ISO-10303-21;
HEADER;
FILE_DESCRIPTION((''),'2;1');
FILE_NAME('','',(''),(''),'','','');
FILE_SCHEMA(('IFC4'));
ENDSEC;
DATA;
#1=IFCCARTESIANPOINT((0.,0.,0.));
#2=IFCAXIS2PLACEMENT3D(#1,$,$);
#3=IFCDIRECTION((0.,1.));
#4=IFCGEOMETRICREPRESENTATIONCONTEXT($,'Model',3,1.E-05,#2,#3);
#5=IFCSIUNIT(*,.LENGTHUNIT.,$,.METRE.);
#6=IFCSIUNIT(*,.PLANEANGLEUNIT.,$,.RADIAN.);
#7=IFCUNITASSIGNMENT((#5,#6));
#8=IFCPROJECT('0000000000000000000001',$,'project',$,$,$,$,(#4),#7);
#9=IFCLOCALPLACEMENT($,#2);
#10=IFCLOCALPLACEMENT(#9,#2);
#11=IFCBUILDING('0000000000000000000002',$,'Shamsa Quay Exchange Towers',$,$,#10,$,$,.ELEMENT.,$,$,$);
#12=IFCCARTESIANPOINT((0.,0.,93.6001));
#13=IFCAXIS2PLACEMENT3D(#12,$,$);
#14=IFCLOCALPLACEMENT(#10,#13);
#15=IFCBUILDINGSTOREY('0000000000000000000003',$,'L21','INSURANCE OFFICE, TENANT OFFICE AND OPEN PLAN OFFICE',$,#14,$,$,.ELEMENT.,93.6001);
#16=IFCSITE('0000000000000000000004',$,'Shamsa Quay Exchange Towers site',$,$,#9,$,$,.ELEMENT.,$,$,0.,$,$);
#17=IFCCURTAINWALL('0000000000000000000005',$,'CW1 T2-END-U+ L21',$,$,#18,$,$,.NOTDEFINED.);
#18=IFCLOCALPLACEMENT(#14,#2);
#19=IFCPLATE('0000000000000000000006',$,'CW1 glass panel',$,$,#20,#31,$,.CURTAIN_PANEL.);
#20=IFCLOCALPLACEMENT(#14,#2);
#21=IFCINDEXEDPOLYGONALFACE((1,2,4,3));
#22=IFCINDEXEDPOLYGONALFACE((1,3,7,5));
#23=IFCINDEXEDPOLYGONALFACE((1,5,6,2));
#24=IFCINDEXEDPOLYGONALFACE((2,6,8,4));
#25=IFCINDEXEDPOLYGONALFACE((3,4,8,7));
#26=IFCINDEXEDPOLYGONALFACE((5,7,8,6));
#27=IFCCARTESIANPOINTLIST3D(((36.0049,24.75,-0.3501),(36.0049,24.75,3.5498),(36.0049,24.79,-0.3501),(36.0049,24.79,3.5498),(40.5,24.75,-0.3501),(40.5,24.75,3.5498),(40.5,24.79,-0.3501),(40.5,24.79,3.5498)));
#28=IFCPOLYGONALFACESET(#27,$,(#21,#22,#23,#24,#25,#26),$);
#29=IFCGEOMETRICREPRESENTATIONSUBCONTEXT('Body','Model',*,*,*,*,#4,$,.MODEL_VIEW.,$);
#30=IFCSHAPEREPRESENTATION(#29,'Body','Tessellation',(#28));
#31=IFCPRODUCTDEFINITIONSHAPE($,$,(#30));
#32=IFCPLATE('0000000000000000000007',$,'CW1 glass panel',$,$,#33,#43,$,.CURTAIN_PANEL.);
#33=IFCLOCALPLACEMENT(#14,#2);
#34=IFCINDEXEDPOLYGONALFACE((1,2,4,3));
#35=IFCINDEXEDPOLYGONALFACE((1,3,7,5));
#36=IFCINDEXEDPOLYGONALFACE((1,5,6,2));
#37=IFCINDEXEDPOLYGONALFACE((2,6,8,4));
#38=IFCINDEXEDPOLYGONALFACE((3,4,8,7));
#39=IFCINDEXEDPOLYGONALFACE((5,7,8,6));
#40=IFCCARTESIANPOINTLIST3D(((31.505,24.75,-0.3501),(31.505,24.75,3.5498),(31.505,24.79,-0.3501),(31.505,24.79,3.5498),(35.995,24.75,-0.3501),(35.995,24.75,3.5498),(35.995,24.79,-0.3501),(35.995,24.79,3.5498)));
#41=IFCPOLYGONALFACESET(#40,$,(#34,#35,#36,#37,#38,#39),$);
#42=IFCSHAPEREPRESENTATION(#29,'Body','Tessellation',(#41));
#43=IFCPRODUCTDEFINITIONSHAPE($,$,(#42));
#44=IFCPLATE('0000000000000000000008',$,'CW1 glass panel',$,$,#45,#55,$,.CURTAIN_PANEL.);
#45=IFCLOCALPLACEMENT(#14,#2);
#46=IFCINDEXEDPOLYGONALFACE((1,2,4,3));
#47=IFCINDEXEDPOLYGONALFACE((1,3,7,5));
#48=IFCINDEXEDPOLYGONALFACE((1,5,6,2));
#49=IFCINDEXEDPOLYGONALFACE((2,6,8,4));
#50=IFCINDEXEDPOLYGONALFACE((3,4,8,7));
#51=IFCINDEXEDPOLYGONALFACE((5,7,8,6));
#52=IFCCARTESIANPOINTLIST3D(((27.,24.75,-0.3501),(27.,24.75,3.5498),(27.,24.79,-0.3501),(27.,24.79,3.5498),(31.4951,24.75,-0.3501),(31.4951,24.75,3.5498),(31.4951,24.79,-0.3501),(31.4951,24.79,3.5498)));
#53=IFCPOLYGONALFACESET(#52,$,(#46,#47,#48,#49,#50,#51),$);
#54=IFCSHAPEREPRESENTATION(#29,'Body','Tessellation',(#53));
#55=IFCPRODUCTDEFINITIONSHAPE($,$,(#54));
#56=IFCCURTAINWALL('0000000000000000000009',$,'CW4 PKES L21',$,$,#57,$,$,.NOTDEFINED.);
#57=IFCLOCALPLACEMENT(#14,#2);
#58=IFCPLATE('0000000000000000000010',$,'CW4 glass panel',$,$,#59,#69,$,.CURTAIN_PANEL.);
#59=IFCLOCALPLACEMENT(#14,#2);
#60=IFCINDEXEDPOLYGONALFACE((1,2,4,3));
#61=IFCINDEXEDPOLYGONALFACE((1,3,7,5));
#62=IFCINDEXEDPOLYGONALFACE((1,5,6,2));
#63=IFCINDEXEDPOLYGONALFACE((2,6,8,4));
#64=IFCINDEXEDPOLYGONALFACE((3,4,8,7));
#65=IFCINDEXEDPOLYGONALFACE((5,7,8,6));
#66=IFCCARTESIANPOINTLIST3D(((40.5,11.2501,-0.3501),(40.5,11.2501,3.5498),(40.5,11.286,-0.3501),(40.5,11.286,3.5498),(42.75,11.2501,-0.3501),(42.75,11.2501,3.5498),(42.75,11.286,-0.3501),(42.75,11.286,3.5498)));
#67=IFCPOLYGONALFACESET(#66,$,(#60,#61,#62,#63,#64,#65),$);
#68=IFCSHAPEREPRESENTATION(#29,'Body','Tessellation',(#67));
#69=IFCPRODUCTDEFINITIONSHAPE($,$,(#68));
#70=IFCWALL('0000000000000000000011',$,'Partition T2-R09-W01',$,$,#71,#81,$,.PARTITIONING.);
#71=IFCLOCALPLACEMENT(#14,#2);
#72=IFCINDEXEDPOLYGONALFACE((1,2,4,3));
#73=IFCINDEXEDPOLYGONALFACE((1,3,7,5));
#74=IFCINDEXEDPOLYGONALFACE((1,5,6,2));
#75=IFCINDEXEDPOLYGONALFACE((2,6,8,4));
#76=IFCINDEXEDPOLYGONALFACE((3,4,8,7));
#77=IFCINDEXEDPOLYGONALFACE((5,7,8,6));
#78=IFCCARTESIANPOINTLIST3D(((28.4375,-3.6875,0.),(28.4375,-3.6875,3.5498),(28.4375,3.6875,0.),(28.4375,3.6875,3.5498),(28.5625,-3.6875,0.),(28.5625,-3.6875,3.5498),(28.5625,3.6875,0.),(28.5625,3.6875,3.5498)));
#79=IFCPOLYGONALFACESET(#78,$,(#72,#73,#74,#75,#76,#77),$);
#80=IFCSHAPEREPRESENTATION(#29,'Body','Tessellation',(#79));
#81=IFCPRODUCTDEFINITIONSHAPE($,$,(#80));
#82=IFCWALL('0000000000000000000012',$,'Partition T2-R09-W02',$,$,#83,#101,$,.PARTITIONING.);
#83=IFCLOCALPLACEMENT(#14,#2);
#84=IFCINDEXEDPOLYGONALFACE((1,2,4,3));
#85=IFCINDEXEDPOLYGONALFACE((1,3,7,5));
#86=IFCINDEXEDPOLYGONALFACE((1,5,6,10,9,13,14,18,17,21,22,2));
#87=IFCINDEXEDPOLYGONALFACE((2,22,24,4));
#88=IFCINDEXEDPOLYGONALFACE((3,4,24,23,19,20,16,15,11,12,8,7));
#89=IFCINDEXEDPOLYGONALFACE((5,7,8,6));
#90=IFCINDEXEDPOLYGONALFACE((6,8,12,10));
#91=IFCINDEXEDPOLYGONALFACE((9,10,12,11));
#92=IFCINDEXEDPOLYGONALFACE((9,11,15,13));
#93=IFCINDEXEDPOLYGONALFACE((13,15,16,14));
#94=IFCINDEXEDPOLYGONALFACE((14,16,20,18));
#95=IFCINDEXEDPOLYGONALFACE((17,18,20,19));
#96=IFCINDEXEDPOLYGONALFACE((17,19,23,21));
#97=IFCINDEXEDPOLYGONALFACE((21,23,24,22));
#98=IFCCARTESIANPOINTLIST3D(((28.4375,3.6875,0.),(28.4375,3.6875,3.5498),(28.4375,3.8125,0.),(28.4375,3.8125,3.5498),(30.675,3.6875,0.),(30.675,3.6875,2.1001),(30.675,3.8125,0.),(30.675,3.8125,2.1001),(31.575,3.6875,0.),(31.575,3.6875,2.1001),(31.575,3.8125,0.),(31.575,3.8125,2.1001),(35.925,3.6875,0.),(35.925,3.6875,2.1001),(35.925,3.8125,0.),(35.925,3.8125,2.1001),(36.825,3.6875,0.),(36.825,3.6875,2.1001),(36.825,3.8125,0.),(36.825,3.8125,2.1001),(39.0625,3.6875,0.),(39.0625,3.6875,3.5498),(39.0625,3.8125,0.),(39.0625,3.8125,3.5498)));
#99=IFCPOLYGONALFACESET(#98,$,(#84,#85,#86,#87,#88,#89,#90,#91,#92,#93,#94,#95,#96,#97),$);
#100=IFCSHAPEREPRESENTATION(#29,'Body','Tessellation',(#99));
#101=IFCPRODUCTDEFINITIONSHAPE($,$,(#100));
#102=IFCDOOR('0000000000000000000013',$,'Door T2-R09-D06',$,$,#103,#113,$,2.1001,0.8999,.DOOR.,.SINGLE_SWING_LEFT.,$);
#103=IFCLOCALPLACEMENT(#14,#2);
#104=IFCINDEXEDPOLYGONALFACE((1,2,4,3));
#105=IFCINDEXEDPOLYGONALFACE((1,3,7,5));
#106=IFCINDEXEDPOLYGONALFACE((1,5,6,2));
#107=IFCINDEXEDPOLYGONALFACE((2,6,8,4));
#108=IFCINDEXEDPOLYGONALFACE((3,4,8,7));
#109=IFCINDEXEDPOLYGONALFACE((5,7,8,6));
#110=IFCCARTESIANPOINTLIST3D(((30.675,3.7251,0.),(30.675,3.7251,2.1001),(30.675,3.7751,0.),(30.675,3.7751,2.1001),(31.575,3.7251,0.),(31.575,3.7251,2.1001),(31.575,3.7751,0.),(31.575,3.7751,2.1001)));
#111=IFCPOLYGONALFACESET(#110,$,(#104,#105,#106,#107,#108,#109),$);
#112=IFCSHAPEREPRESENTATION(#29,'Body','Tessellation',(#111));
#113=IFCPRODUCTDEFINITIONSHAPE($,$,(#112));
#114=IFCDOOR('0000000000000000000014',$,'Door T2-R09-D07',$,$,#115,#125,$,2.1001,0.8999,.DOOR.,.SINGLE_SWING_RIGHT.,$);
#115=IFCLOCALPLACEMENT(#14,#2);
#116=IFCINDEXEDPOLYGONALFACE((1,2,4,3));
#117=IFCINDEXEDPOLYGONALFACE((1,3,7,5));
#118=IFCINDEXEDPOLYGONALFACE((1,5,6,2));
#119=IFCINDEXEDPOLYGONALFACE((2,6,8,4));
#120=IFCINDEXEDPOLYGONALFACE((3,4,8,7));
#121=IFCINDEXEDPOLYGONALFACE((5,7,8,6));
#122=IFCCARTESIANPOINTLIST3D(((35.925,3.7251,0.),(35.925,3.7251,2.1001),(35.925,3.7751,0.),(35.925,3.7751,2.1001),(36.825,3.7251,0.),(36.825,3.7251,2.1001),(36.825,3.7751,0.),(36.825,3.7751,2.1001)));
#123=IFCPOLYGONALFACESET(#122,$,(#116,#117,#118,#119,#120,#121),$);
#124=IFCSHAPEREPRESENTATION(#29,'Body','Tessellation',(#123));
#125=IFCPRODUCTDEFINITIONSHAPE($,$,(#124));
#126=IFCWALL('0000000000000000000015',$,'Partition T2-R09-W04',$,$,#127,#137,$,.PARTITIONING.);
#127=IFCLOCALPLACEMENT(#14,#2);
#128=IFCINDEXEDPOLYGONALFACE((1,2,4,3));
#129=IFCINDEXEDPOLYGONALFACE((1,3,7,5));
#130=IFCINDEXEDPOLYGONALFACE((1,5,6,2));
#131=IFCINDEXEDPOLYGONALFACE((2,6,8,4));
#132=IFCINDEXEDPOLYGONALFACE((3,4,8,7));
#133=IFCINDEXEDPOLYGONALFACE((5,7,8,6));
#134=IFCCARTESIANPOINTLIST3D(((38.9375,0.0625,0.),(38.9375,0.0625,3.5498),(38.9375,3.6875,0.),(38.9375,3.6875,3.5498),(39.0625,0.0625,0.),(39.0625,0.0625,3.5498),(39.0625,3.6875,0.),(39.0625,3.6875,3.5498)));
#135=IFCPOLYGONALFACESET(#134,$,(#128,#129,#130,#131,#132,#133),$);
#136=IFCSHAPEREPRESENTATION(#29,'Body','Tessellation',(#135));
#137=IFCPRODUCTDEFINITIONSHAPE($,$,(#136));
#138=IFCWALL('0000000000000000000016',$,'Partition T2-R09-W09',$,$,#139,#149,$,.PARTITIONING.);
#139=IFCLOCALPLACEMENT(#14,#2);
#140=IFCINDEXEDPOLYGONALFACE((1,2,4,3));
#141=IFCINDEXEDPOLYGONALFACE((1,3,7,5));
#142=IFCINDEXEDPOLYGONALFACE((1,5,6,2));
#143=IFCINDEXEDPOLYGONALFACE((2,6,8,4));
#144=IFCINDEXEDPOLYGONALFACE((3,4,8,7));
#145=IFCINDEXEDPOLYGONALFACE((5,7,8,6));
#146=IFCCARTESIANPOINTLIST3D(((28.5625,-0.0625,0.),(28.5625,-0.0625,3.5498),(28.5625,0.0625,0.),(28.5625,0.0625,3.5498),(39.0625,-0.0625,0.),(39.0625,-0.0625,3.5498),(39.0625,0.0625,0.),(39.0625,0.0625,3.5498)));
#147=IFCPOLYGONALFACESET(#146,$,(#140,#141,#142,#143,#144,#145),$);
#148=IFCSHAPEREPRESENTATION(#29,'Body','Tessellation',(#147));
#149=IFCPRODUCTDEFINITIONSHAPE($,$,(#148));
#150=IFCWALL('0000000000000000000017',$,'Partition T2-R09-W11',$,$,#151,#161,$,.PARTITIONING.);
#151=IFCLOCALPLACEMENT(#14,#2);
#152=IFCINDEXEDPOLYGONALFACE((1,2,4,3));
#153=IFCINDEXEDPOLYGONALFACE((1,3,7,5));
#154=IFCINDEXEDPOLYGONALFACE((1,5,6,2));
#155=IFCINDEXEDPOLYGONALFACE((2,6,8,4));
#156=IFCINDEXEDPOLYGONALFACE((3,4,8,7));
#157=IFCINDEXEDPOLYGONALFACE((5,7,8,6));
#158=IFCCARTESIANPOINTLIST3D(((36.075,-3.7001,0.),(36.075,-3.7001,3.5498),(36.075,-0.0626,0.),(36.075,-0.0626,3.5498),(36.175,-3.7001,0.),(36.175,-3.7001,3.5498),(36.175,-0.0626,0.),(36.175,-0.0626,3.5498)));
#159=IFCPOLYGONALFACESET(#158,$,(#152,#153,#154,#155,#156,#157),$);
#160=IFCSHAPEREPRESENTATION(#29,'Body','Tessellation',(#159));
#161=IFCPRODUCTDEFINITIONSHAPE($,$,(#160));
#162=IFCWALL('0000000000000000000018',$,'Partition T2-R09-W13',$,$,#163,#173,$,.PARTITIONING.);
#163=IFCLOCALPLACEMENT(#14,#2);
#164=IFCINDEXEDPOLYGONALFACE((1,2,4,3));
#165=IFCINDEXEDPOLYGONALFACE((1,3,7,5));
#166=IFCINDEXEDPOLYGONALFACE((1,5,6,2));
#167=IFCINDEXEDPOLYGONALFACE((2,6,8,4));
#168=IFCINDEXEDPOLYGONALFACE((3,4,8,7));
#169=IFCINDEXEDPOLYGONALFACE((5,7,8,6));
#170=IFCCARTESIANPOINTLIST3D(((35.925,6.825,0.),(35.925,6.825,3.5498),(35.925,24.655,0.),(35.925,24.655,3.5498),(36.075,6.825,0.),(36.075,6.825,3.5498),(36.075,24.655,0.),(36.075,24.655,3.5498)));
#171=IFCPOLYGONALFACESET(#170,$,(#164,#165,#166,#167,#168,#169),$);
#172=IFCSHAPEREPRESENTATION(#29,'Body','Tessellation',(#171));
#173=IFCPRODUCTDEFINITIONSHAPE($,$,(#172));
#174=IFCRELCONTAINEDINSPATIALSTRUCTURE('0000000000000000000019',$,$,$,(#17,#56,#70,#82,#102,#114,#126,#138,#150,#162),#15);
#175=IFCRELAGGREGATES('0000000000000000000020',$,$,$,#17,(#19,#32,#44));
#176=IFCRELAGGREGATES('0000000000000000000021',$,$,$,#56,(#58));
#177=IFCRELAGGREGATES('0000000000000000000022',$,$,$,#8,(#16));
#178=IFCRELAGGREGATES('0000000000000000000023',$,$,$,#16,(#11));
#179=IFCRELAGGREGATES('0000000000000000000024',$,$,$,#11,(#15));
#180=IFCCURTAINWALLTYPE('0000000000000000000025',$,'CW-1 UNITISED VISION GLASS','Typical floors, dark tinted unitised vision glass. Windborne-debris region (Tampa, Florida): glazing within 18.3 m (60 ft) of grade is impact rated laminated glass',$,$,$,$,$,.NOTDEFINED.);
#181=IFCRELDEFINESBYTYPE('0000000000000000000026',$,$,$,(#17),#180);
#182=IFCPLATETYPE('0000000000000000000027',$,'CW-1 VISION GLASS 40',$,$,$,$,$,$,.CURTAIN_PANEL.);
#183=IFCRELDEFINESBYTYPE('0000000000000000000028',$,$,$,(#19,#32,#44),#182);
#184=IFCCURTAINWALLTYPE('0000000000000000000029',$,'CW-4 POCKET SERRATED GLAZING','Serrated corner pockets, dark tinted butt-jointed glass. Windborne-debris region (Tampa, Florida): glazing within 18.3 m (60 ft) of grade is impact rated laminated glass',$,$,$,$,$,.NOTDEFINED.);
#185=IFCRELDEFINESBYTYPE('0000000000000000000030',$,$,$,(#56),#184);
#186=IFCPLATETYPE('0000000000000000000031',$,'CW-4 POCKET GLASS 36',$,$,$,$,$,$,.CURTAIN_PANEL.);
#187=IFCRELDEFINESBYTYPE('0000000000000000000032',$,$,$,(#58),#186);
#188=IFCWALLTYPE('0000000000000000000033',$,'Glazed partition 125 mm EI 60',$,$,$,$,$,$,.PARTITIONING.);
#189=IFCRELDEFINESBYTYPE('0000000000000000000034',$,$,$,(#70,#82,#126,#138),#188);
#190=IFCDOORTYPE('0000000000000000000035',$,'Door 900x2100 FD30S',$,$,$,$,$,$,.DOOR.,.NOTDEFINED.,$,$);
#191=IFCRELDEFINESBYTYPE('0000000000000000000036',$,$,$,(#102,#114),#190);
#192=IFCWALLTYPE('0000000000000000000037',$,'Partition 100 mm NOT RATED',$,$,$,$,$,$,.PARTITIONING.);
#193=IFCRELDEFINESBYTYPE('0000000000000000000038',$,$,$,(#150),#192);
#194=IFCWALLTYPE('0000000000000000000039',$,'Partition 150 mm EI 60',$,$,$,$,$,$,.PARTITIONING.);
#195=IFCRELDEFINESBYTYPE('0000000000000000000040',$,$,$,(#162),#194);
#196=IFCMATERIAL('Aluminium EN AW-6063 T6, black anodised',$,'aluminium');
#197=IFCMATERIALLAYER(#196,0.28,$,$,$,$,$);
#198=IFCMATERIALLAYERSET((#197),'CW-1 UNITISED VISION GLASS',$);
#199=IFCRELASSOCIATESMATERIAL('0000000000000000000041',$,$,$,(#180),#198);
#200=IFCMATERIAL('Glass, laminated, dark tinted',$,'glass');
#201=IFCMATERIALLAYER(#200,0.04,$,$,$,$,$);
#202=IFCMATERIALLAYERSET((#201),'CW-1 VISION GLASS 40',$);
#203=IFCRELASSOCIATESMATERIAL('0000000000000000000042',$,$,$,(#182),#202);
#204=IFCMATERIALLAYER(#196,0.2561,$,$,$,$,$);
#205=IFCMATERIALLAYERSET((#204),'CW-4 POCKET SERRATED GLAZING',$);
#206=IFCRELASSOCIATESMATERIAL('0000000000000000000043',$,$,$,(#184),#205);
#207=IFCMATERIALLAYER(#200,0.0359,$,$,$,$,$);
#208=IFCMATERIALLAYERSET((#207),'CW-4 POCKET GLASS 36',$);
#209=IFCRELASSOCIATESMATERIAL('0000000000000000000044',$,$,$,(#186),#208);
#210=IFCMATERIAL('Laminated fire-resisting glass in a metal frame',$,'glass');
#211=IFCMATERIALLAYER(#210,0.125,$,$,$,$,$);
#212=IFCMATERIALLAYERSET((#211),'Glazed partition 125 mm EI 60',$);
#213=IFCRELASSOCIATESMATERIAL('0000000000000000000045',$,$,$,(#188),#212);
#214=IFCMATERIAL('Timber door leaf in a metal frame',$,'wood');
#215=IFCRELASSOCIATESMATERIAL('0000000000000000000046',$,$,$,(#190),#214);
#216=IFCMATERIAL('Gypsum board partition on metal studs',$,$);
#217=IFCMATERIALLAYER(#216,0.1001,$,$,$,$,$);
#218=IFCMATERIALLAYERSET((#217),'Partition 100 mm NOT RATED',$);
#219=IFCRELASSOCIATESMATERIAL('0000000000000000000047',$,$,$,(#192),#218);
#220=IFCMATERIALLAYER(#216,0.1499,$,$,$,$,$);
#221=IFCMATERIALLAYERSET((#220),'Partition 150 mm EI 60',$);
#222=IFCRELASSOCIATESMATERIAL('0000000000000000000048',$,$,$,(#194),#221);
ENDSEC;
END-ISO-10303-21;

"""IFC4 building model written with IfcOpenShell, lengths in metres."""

from ifc_helpers import new_model, si_unit, direction, frame, frame_2d, origin, origin_2d, place, context, subcontext, project, spatial, rectangle, extrude, material, layer, layer_set, type_object, element, fill, aggregate, save


model = new_model("IFC4")

# Units and contexts
model_context = context("Model", 3, precision=1e-05, world=origin(), true_north=direction((0.0, 1.0)))
body_context = subcontext(model_context, "Body", "Model", "MODEL_VIEW")
ifc_project = project(units=[si_unit("LENGTHUNIT", "METRE"), si_unit("PLANEANGLEUNIT", "RADIAN")], contexts=[model_context])

# Site, building, storey
site_placement = place(None, origin())
site = spatial("IfcSite", under=ifc_project, at=site_placement, Name="Shamsa Quay Exchange Towers site", CompositionType="ELEMENT", RefElevation=0.0)
building_placement = place(site_placement, origin())
building = spatial("IfcBuilding", under=site, at=building_placement, Name="Shamsa Quay Exchange Towers", CompositionType="ELEMENT")
storey_placement = place(building_placement, frame((0.0, 0.0, 93.6001)))
storey = spatial("IfcBuildingStorey", under=building, at=storey_placement, Name="L21", Description="INSURANCE OFFICE, TENANT OFFICE AND OPEN PLAN OFFICE", CompositionType="ELEMENT", Elevation=93.6001)

# Shared definitions
ifc_material_1 = material(Name="Aluminium EN AW-6063 T6, black anodised", Category="aluminium")
ifc_layer_1 = layer(ifc_material_1, 0.28)
ifc_layer_set_1 = layer_set([ifc_layer_1], Name="CW-1 UNITISED VISION GLASS")
curtain_wall_type_1 = type_object("IfcCurtainWallType", Name="CW-1 UNITISED VISION GLASS", Description="Typical floors, dark tinted unitised vision glass. Windborne-debris region (Tampa, Florida): glazing within 18.3 m (60 ft) of grade is impact rated laminated glass", PredefinedType="NOTDEFINED", material=ifc_layer_set_1)

# Curtain wall
curtain_wall_1_placement = place(storey_placement, origin())
curtain_wall_1 = element("IfcCurtainWall", 1, at=curtain_wall_1_placement, inside=storey, type_object=curtain_wall_type_1, Name="CW1 T2-END-U+ L21", PredefinedType="NOTDEFINED")

# Plates
ifc_material_2 = material(Name="Glass, laminated, dark tinted", Category="glass")
ifc_layer_2 = layer(ifc_material_2, 0.04)
ifc_layer_set_2 = layer_set([ifc_layer_2], Name="CW-1 VISION GLASS 40")
plate_type_1 = type_object("IfcPlateType", Name="CW-1 VISION GLASS 40", PredefinedType="CURTAIN_PANEL", material=ifc_layer_set_2)
plate_1_placement = place(storey_placement, frame((38.2524, 24.77, -0.3501), z_axis=(0.0, 0.0, 1.0), x_axis=(-1.0, 0.0, 0.0)))
plate_1 = element("IfcPlate", 2, at=plate_1_placement, type_object=plate_type_1, Name="CW1 glass panel", PredefinedType="CURTAIN_PANEL", context=body_context, shape_type="SweptSolid", body=[
    extrude(rectangle(XDim=4.4951, YDim=0.04, at=origin_2d()), origin(), (0.0, 0.0, 1.0), 3.8999),
])
plate_2_placement = place(storey_placement, frame((33.75, 24.77, -0.3501), z_axis=(0.0, 0.0, 1.0), x_axis=(-1.0, 0.0, 0.0)))
plate_2 = element("IfcPlate", 3, at=plate_2_placement, type_object=plate_type_1, Name="CW1 glass panel", PredefinedType="CURTAIN_PANEL", context=body_context, shape_type="SweptSolid", body=[
    extrude(rectangle(XDim=4.49, YDim=0.04, at=origin_2d()), origin(), (0.0, 0.0, 1.0), 3.8999),
])
plate_3_placement = place(storey_placement, frame((29.2476, 24.77, -0.3501), z_axis=(0.0, 0.0, 1.0), x_axis=(-1.0, 0.0, 0.0)))
plate_3 = element("IfcPlate", 4, at=plate_3_placement, type_object=plate_type_1, Name="CW1 glass panel", PredefinedType="CURTAIN_PANEL", context=body_context, shape_type="SweptSolid", body=[
    extrude(rectangle(XDim=4.4951, YDim=0.04, at=origin_2d()), origin(), (0.0, 0.0, 1.0), 3.8999),
])
aggregate(curtain_wall_1, [plate_1, plate_2, plate_3])

# Curtain wall, plate
ifc_layer_3 = layer(ifc_material_1, 0.2561)
ifc_layer_set_3 = layer_set([ifc_layer_3], Name="CW-4 POCKET SERRATED GLAZING")
curtain_wall_type_2 = type_object("IfcCurtainWallType", Name="CW-4 POCKET SERRATED GLAZING", Description="Serrated corner pockets, dark tinted butt-jointed glass. Windborne-debris region (Tampa, Florida): glazing within 18.3 m (60 ft) of grade is impact rated laminated glass", PredefinedType="NOTDEFINED", material=ifc_layer_set_3)
curtain_wall_2_placement = place(storey_placement, origin())
curtain_wall_2 = element("IfcCurtainWall", 5, at=curtain_wall_2_placement, inside=storey, type_object=curtain_wall_type_2, Name="CW4 PKES L21", PredefinedType="NOTDEFINED")
ifc_layer_4 = layer(ifc_material_2, 0.0359)
ifc_layer_set_4 = layer_set([ifc_layer_4], Name="CW-4 POCKET GLASS 36")
plate_type_2 = type_object("IfcPlateType", Name="CW-4 POCKET GLASS 36", PredefinedType="CURTAIN_PANEL", material=ifc_layer_set_4)
plate_4_placement = place(storey_placement, frame((41.625, 11.2681, -0.3501), z_axis=(0.0, 0.0, 1.0), x_axis=(-1.0, 0.0, 0.0)))
plate_4 = element("IfcPlate", 6, at=plate_4_placement, type_object=plate_type_2, Name="CW4 glass panel", PredefinedType="CURTAIN_PANEL", context=body_context, shape_type="SweptSolid", body=[
    extrude(rectangle(XDim=2.25, YDim=0.0359, at=origin_2d()), origin(), (0.0, 0.0, 1.0), 3.8999),
])
aggregate(curtain_wall_2, [plate_4])

# Wall
ifc_material_3 = material(Name="Laminated fire-resisting glass in a metal frame", Category="glass")
ifc_layer_5 = layer(ifc_material_3, 0.125)
ifc_layer_set_5 = layer_set([ifc_layer_5], Name="Glazed partition 125 mm EI 60")
wall_type_1 = type_object("IfcWallType", Name="Glazed partition 125 mm EI 60", PredefinedType="PARTITIONING", material=ifc_layer_set_5)
wall_1_placement = place(storey_placement, frame((28.5, 3.6875, 0.0), z_axis=(0.0, 0.0, 1.0), x_axis=(0.0, -1.0, 0.0)))
element("IfcWall", 7, at=wall_1_placement, inside=storey, type_object=wall_type_1, Name="Partition T2-R09-W01", PredefinedType="PARTITIONING", context=body_context, shape_type="SweptSolid", body=[
    extrude(rectangle(XDim=7.375, YDim=0.125, at=frame_2d((3.6875, 0.0))), origin(), (0.0, 0.0, 1.0), 3.5498),
])

# Wall, openings, doors
wall_2_placement = place(storey_placement, frame((39.0625, 3.75, 0.0), z_axis=(0.0, 0.0, 1.0), x_axis=(-1.0, 0.0, 0.0)))
wall_2 = element("IfcWall", 8, at=wall_2_placement, inside=storey, type_object=wall_type_1, Name="Partition T2-R09-W02", PredefinedType="PARTITIONING", context=body_context, shape_type="SweptSolid", body=[
    extrude(rectangle(XDim=10.625, YDim=0.125, at=frame_2d((5.3125, 0.0))), origin(), (0.0, 0.0, 1.0), 3.5498),
])
opening_1_placement = place(wall_2_placement, frame((7.4875, 0.0, 0.0)))
opening_1 = element("IfcOpeningElement", 9, at=opening_1_placement, cuts=wall_2, PredefinedType="OPENING", context=body_context, shape_type="SweptSolid", body=[
    extrude(rectangle(XDim=0.8999, YDim=2.1001, at=frame_2d((0.45, 1.05))), frame((0.0, 0.0725, 0.0), z_axis=(0.0, -1.0, 0.0), x_axis=(1.0, 0.0, 0.0)), (0.0, 0.0, 1.0), 0.145),
])
opening_2_placement = place(wall_2_placement, frame((2.2375, 0.0, 0.0)))
opening_2 = element("IfcOpeningElement", 10, at=opening_2_placement, cuts=wall_2, PredefinedType="OPENING", context=body_context, shape_type="SweptSolid", body=[
    extrude(rectangle(XDim=0.8999, YDim=2.1001, at=frame_2d((0.45, 1.05))), frame((0.0, 0.0725, 0.0), z_axis=(0.0, -1.0, 0.0), x_axis=(1.0, 0.0, 0.0)), (0.0, 0.0, 1.0), 0.145),
])
ifc_material_4 = material(Name="Timber door leaf in a metal frame", Category="wood")
door_type_1 = type_object("IfcDoorType", Name="Door 900x2100 FD30S", OperationType="NOTDEFINED", PredefinedType="DOOR", material=ifc_material_4)
door_1_placement = place(opening_1_placement, origin())
door_1 = element("IfcDoor", 11, at=door_1_placement, inside=storey, type_object=door_type_1, Name="Door T2-R09-D06", OperationType="SINGLE_SWING_LEFT", OverallHeight=2.1001, OverallWidth=0.8999, PredefinedType="DOOR", context=body_context, shape_type="SweptSolid", body=[
    extrude(rectangle(XDim=0.8999, YDim=2.1001, at=frame_2d((0.45, 1.05))), frame((0.0, 0.0249, 0.0), z_axis=(0.0, -1.0, 0.0), x_axis=(1.0, 0.0, 0.0)), (0.0, 0.0, 1.0), 0.05),
])
fill(opening_1, door_1)
door_2_placement = place(opening_2_placement, origin())
door_2 = element("IfcDoor", 12, at=door_2_placement, inside=storey, type_object=door_type_1, Name="Door T2-R09-D07", OperationType="SINGLE_SWING_RIGHT", OverallHeight=2.1001, OverallWidth=0.8999, PredefinedType="DOOR", context=body_context, shape_type="SweptSolid", body=[
    extrude(rectangle(XDim=0.8999, YDim=2.1001, at=frame_2d((0.45, 1.05))), frame((0.0, 0.0249, 0.0), z_axis=(0.0, -1.0, 0.0), x_axis=(1.0, 0.0, 0.0)), (0.0, 0.0, 1.0), 0.05),
])
fill(opening_2, door_2)

# Walls
wall_3_placement = place(storey_placement, frame((39.0, 0.0625, 0.0), z_axis=(0.0, 0.0, 1.0), x_axis=(0.0, 1.0, 0.0)))
element("IfcWall", 13, at=wall_3_placement, inside=storey, type_object=wall_type_1, Name="Partition T2-R09-W04", PredefinedType="PARTITIONING", context=body_context, shape_type="SweptSolid", body=[
    extrude(rectangle(XDim=3.625, YDim=0.125, at=frame_2d((1.8125, 0.0))), origin(), (0.0, 0.0, 1.0), 3.5498),
])
wall_4_placement = place(storey_placement, frame((28.5625, 0.0, 0.0)))
element("IfcWall", 14, at=wall_4_placement, inside=storey, type_object=wall_type_1, Name="Partition T2-R09-W09", PredefinedType="PARTITIONING", context=body_context, shape_type="SweptSolid", body=[
    extrude(rectangle(XDim=10.5, YDim=0.125, at=frame_2d((5.25, 0.0))), origin(), (0.0, 0.0, 1.0), 3.5498),
])
ifc_material_5 = material(Name="Gypsum board partition on metal studs")
ifc_layer_6 = layer(ifc_material_5, 0.1001)
ifc_layer_set_6 = layer_set([ifc_layer_6], Name="Partition 100 mm NOT RATED")
wall_type_2 = type_object("IfcWallType", Name="Partition 100 mm NOT RATED", PredefinedType="PARTITIONING", material=ifc_layer_set_6)
wall_5_placement = place(storey_placement, frame((36.125, -0.0625, 0.0), z_axis=(0.0, 0.0, 1.0), x_axis=(0.0, -1.0, 0.0)))
element("IfcWall", 15, at=wall_5_placement, inside=storey, type_object=wall_type_2, Name="Partition T2-R09-W11", PredefinedType="PARTITIONING", context=body_context, shape_type="SweptSolid", body=[
    extrude(rectangle(XDim=3.6375, YDim=0.1001, at=frame_2d((1.8188, 0.0))), origin(), (0.0, 0.0, 1.0), 3.5498),
])
ifc_layer_7 = layer(ifc_material_5, 0.1499)
ifc_layer_set_7 = layer_set([ifc_layer_7], Name="Partition 150 mm EI 60")
wall_type_3 = type_object("IfcWallType", Name="Partition 150 mm EI 60", PredefinedType="PARTITIONING", material=ifc_layer_set_7)
wall_6_placement = place(storey_placement, frame((36.0, 24.655, 0.0), z_axis=(0.0, 0.0, 1.0), x_axis=(0.0, -1.0, 0.0)))
element("IfcWall", 16, at=wall_6_placement, inside=storey, type_object=wall_type_3, Name="Partition T2-R09-W13", PredefinedType="PARTITIONING", context=body_context, shape_type="SweptSolid", body=[
    extrude(rectangle(XDim=17.8301, YDim=0.1499, at=frame_2d((8.915, 0.0))), origin(), (0.0, 0.0, 1.0), 3.5498),
])

save(model, "model.ifc")
